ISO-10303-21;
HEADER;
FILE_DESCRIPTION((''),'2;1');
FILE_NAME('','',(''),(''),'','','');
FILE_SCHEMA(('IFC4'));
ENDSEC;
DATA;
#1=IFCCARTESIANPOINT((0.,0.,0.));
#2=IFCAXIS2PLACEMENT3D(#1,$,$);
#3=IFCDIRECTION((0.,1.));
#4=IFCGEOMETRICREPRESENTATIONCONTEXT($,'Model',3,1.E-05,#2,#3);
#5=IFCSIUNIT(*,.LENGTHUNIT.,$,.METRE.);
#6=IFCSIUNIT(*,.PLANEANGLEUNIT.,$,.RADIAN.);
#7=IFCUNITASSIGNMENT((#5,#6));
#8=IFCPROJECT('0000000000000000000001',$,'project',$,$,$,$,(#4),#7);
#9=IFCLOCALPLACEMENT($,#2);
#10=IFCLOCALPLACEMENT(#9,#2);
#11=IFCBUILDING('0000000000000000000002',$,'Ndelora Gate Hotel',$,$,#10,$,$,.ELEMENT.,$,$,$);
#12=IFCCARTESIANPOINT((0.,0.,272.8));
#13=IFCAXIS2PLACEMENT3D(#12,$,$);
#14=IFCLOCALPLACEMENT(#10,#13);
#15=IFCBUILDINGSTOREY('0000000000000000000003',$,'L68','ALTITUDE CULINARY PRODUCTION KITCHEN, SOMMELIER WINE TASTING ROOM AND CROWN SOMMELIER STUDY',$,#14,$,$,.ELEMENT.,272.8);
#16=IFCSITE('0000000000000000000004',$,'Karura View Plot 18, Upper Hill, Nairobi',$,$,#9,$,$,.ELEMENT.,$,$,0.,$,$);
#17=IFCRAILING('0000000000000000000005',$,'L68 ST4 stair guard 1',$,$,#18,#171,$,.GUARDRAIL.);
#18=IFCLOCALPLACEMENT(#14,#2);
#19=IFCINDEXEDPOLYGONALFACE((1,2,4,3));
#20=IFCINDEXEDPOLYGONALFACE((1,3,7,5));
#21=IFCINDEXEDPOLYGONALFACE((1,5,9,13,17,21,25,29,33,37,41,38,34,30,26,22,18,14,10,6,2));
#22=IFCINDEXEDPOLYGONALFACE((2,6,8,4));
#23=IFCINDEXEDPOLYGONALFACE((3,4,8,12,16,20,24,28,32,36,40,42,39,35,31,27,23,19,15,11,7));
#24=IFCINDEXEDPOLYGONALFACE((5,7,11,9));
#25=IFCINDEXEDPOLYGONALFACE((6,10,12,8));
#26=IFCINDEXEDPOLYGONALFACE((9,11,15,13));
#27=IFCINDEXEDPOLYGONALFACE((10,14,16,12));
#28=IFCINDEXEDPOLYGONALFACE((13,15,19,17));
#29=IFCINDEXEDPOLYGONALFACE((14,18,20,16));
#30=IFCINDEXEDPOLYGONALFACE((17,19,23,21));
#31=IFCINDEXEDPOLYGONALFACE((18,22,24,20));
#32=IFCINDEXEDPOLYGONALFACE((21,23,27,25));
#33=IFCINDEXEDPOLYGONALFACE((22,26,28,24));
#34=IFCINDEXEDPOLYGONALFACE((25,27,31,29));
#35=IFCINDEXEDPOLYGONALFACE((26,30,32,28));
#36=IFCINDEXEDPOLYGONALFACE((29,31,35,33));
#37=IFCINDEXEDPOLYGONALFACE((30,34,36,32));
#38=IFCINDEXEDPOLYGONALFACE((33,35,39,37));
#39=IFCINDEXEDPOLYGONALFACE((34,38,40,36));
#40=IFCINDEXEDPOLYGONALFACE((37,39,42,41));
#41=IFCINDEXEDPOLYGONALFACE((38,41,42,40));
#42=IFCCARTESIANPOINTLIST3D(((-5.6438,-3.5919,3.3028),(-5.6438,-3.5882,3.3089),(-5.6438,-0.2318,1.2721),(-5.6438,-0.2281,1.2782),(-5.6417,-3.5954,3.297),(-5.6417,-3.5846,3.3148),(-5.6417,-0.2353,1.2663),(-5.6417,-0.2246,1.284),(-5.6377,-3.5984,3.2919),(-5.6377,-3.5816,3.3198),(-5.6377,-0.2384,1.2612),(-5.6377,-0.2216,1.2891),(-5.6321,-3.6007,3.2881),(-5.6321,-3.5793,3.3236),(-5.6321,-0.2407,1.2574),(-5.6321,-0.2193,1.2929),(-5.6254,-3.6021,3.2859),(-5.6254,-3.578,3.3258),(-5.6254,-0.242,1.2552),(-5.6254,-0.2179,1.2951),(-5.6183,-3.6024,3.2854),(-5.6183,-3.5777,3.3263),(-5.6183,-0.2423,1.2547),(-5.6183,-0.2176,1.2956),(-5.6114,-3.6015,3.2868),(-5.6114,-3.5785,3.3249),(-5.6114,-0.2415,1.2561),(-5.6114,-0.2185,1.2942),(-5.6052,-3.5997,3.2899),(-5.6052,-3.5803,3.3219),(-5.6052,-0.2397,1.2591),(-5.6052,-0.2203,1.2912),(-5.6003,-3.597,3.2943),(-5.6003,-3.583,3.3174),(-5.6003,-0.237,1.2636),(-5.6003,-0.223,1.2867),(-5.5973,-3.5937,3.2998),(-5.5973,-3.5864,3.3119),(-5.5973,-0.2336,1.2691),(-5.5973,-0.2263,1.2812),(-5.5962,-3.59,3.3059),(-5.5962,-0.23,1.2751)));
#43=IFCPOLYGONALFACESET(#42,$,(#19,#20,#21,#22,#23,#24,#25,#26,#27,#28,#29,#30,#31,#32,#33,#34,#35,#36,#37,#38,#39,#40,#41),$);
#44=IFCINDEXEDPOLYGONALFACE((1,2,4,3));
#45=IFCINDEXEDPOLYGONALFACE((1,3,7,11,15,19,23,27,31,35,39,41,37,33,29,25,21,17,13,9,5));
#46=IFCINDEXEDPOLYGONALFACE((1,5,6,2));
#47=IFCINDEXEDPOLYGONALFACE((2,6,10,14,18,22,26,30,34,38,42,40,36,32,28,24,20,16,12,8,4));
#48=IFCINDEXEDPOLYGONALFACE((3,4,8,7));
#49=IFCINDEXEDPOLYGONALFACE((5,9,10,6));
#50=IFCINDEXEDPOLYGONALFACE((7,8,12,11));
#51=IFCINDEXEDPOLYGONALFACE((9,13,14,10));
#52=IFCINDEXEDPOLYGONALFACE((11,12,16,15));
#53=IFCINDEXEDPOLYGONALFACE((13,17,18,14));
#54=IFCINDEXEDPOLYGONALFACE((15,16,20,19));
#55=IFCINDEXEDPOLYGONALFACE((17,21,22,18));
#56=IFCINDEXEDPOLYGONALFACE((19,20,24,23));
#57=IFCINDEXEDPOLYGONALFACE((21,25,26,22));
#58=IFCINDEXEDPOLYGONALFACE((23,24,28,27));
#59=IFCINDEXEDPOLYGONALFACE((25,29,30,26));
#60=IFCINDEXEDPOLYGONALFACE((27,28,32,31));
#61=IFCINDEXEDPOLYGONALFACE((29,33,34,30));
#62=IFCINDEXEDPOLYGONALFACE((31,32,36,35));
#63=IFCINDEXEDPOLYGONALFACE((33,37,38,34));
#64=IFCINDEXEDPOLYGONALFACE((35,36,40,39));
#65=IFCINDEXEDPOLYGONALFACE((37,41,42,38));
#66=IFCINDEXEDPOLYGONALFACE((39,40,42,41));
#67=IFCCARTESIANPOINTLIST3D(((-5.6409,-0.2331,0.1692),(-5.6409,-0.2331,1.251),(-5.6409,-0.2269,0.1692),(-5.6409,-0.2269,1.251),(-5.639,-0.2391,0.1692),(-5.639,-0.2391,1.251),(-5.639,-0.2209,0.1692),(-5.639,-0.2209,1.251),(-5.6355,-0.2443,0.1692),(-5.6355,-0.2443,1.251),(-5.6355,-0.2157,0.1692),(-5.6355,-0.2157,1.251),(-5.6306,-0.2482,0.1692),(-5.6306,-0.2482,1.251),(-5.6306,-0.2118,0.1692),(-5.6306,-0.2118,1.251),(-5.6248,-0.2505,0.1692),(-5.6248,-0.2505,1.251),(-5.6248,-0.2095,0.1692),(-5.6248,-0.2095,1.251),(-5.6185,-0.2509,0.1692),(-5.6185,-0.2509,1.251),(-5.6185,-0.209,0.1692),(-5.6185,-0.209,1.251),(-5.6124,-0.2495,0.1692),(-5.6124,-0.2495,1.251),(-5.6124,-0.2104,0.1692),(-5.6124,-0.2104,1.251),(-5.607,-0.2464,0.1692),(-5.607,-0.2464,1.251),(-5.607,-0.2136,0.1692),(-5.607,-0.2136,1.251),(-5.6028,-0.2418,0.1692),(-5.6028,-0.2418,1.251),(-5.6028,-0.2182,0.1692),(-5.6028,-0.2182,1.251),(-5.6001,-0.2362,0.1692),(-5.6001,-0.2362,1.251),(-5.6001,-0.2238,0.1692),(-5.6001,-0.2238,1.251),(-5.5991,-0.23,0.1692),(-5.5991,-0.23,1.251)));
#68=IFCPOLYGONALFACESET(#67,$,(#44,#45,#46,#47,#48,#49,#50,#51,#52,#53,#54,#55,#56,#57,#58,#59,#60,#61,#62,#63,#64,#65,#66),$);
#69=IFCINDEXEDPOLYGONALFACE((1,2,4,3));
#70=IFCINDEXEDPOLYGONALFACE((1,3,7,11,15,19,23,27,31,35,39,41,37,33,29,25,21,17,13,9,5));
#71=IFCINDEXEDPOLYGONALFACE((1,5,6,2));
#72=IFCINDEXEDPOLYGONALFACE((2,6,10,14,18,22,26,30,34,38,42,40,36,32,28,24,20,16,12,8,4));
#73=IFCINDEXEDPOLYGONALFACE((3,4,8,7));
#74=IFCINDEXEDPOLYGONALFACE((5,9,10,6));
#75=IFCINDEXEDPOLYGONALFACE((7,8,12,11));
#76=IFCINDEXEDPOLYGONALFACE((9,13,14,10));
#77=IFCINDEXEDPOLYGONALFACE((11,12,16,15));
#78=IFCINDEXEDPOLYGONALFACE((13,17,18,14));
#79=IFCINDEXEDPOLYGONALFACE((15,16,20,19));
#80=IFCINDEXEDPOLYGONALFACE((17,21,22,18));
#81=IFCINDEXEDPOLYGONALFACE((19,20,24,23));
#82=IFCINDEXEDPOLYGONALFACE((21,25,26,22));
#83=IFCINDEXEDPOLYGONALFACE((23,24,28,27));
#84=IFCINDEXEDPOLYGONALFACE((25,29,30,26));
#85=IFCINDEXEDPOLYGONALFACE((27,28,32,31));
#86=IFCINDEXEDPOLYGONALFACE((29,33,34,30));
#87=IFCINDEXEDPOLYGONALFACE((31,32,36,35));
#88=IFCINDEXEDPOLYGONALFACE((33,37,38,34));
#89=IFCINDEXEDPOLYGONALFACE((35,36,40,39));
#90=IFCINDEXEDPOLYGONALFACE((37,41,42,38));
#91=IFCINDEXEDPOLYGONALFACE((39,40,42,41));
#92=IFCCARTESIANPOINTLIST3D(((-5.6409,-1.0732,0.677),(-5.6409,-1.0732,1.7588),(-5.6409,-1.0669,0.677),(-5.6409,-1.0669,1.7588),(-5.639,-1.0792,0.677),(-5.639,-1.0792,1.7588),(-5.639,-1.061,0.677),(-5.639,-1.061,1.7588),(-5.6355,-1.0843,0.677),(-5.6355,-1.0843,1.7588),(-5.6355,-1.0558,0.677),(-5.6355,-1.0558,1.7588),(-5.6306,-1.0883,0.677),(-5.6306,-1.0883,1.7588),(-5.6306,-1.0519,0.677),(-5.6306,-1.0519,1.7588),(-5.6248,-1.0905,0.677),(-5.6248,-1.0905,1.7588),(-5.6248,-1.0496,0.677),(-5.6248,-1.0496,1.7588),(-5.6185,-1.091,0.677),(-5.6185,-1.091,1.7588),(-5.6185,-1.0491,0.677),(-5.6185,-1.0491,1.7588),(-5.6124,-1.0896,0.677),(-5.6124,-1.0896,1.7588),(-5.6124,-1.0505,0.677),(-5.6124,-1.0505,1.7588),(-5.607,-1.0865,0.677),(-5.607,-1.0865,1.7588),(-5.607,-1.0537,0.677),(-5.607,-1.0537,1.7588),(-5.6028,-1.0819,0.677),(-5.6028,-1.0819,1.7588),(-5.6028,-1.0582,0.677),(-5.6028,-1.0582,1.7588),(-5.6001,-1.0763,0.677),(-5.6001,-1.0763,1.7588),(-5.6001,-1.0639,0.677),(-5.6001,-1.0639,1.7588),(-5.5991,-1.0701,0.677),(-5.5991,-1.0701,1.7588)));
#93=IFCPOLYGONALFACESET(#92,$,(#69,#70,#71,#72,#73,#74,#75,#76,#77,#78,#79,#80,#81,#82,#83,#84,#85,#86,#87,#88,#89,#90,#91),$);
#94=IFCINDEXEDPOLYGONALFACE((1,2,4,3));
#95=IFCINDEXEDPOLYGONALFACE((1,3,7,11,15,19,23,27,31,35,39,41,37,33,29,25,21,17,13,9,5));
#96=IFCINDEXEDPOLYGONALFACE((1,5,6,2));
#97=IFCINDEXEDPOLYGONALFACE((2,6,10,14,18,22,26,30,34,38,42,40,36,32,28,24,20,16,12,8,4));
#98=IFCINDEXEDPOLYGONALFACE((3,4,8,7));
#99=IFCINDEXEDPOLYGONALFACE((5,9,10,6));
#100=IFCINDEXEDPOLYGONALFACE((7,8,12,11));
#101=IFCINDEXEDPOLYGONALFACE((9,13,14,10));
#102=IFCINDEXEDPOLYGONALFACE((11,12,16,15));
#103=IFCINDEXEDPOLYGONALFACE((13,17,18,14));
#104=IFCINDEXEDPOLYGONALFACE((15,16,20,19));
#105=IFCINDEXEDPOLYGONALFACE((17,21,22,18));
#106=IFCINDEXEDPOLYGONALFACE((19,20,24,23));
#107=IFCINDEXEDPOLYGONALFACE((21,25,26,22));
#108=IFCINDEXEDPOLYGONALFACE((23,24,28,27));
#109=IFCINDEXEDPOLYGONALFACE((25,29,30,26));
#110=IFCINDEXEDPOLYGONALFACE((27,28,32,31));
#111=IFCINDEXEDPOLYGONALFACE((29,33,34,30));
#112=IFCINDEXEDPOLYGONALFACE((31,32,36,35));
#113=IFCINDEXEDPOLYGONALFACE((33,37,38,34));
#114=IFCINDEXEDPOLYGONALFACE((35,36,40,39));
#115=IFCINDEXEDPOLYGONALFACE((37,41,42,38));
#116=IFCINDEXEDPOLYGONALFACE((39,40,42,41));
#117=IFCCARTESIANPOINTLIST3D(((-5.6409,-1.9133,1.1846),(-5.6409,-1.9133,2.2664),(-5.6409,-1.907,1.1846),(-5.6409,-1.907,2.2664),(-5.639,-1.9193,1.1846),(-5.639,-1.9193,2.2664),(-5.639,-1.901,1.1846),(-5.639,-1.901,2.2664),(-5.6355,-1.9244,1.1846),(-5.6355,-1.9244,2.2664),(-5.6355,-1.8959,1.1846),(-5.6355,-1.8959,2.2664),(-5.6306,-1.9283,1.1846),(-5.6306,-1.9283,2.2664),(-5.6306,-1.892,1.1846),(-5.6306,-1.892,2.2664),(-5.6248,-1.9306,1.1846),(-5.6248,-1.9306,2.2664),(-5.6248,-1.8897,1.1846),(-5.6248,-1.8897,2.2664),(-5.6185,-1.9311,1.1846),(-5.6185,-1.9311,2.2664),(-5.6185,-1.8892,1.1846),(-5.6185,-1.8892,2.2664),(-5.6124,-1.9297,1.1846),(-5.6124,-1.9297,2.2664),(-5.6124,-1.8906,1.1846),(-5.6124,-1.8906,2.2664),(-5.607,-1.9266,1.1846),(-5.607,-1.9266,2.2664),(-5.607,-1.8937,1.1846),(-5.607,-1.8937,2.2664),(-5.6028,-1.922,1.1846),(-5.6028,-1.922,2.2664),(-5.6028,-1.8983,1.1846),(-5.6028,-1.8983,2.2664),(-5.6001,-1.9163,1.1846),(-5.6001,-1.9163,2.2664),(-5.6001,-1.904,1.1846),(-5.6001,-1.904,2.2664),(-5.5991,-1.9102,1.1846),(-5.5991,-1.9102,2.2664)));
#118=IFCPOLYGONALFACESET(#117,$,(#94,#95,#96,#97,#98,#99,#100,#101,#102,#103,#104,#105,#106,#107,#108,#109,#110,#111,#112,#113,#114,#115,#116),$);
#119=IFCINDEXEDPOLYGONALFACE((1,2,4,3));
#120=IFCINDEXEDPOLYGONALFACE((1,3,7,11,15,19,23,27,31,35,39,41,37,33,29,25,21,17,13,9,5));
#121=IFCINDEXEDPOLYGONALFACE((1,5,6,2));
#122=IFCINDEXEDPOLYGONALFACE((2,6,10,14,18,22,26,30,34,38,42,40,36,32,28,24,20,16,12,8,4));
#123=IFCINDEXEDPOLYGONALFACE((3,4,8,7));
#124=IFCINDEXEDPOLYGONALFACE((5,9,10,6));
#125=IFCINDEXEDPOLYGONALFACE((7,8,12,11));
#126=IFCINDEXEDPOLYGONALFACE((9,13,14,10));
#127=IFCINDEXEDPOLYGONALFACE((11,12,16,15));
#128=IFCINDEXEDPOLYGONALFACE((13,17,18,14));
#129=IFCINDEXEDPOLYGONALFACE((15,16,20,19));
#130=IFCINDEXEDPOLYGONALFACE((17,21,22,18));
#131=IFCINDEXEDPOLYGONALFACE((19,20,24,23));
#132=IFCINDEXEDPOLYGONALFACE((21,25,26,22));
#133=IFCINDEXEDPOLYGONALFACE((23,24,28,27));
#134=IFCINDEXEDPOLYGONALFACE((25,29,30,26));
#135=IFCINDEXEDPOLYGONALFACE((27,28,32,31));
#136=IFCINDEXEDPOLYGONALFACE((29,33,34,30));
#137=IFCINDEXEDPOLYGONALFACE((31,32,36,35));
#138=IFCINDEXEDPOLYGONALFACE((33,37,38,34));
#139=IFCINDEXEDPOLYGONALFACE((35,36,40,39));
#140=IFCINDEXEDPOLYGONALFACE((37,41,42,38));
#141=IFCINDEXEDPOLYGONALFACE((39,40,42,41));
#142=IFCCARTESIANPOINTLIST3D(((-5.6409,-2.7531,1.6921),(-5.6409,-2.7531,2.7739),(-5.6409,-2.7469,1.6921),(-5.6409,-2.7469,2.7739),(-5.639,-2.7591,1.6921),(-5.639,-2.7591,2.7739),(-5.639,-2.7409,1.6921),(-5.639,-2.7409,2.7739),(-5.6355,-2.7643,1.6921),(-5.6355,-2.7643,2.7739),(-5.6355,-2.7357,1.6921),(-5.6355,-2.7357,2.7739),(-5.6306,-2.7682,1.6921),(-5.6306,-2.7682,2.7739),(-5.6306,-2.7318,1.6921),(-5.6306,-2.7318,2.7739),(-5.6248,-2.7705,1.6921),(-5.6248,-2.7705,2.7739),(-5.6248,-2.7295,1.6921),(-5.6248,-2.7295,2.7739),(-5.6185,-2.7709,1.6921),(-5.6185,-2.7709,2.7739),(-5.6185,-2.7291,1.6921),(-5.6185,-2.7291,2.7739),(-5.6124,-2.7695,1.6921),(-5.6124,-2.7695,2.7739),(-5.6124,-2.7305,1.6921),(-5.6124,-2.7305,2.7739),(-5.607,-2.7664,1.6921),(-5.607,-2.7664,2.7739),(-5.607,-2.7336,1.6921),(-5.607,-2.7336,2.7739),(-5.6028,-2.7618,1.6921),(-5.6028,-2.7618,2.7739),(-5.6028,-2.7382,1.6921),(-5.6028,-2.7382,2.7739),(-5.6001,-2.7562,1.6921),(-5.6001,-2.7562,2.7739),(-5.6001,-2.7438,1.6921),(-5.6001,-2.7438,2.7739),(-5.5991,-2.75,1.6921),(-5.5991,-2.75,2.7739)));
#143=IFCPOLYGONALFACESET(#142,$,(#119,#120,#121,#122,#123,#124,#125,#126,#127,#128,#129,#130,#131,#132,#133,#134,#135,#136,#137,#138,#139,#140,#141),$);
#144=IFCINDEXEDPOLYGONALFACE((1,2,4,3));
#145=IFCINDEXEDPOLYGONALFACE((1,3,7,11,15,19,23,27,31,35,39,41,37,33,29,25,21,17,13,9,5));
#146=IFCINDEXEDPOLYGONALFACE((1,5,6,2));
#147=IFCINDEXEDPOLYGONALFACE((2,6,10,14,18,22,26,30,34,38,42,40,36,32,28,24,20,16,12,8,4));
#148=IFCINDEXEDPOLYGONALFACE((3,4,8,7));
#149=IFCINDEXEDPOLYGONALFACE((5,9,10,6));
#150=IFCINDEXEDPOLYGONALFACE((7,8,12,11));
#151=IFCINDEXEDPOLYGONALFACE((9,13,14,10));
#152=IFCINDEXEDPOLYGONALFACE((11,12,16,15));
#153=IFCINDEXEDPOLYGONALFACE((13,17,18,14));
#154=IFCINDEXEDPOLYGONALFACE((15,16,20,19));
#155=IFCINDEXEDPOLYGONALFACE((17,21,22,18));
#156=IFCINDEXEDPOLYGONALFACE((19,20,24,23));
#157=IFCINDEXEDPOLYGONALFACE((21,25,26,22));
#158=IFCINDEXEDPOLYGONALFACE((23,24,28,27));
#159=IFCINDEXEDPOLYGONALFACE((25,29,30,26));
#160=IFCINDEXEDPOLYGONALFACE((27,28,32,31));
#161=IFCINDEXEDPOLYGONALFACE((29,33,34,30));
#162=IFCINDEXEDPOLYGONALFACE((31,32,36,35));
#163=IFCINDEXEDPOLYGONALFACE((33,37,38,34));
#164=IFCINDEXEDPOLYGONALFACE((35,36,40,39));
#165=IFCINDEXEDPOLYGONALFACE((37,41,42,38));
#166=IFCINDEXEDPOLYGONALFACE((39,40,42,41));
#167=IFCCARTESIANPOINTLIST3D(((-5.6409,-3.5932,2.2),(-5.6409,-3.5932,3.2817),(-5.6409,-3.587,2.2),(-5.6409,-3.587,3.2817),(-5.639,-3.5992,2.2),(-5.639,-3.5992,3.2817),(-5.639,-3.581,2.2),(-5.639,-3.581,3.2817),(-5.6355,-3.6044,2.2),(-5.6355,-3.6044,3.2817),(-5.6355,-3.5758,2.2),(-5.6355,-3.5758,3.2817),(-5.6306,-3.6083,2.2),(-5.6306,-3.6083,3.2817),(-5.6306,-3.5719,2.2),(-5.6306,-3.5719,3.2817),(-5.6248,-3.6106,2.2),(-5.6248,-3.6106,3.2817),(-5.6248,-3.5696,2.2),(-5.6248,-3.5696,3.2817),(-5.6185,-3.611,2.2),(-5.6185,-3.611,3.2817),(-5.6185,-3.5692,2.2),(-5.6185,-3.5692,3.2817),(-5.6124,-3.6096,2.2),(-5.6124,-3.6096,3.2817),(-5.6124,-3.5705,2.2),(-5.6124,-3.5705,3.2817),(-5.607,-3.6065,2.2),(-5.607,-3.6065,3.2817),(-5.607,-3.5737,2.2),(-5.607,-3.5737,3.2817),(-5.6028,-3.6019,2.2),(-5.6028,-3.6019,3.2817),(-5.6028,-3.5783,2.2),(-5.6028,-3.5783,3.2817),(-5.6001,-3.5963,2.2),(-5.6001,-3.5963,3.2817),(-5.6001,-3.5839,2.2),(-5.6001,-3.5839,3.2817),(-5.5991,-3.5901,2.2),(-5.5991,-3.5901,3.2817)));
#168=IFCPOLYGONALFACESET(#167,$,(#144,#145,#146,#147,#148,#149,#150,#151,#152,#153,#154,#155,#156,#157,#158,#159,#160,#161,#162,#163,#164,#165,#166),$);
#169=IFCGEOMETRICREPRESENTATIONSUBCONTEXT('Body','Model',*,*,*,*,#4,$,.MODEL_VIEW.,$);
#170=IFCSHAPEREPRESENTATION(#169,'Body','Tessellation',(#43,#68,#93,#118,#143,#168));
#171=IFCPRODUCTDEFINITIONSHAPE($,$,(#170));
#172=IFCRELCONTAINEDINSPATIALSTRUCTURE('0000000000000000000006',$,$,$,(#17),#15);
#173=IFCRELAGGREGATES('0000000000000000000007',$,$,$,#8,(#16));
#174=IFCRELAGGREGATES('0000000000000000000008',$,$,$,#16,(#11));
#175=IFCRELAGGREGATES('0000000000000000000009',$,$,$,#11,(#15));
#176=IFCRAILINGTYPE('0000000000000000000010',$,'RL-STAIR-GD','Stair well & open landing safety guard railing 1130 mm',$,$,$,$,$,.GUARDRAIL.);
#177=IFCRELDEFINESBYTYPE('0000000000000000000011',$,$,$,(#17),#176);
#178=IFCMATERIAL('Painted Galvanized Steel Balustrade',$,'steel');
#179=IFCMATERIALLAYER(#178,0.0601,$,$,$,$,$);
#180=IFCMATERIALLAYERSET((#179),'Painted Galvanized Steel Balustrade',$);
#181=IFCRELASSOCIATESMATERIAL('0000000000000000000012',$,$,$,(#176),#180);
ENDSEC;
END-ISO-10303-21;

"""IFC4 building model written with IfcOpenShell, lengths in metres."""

from ifc_helpers import new_model, si_unit, direction, frame, origin, origin_2d, place, context, subcontext, project, spatial, circle, extrude, material, layer, layer_set, type_object, element, save


model = new_model("IFC4")

# Units and contexts
model_context = context("Model", 3, precision=1e-05, world=origin(), true_north=direction((0.0, 1.0)))
body_context = subcontext(model_context, "Body", "Model", "MODEL_VIEW")
ifc_project = project(units=[si_unit("LENGTHUNIT", "METRE"), si_unit("PLANEANGLEUNIT", "RADIAN")], contexts=[model_context])

# Site, building, storey
site_placement = place(None, origin())
site = spatial("IfcSite", under=ifc_project, at=site_placement, Name="Karura View Plot 18, Upper Hill, Nairobi", CompositionType="ELEMENT", RefElevation=0.0)
building_placement = place(site_placement, origin())
building = spatial("IfcBuilding", under=site, at=building_placement, Name="Ndelora Gate Hotel", CompositionType="ELEMENT")
storey_placement = place(building_placement, frame((0.0, 0.0, 272.8)))
storey = spatial("IfcBuildingStorey", under=building, at=storey_placement, Name="L68", Description="ALTITUDE CULINARY PRODUCTION KITCHEN, SOMMELIER WINE TASTING ROOM AND CROWN SOMMELIER STUDY", CompositionType="ELEMENT", Elevation=272.8)

# Railing
ifc_material_1 = material(Name="Painted Galvanized Steel Balustrade", Category="steel")
ifc_layer_1 = layer(ifc_material_1, 0.0601)
ifc_layer_set_1 = layer_set([ifc_layer_1], Name="Painted Galvanized Steel Balustrade")
railing_type_1 = type_object("IfcRailingType", Name="RL-STAIR-GD", Description="Stair well & open landing safety guard railing 1130 mm", PredefinedType="GUARDRAIL", material=ifc_layer_set_1)
railing_1_placement = place(storey_placement, frame((-5.6201, -0.23, 0.1692)))
element("IfcRailing", 1, at=railing_1_placement, inside=storey, type_object=railing_type_1, Name="L68 ST4 stair guard 1", PredefinedType="GUARDRAIL", context=body_context, shape_type="SweptSolid", body=[
    extrude(circle(Radius=0.0239, at=origin_2d()), frame((0.0, 0.0, 1.106), z_axis=(0.0, -0.855837, 0.517246), x_axis=(1.0, 0.0, 0.0)), (0.0, 0.0, 1.0), 3.926),
    extrude(circle(Radius=0.021, at=origin_2d()), origin(), (0.0, 0.0, 1.0), 1.0818),
    extrude(circle(Radius=0.021, at=origin_2d()), frame((0.0, -0.8401, 0.5078)), (0.0, 0.0, 1.0), 1.0818),
    extrude(circle(Radius=0.021, at=origin_2d()), frame((0.0, -1.6802, 1.0154)), (0.0, 0.0, 1.0), 1.0818),
    extrude(circle(Radius=0.021, at=origin_2d()), frame((0.0, -2.52, 1.5229)), (0.0, 0.0, 1.0), 1.0818),
    extrude(circle(Radius=0.021, at=origin_2d()), frame((0.0, -3.3601, 2.0308)), (0.0, 0.0, 1.0), 1.0818),
])

save(model, "model.ifc")
